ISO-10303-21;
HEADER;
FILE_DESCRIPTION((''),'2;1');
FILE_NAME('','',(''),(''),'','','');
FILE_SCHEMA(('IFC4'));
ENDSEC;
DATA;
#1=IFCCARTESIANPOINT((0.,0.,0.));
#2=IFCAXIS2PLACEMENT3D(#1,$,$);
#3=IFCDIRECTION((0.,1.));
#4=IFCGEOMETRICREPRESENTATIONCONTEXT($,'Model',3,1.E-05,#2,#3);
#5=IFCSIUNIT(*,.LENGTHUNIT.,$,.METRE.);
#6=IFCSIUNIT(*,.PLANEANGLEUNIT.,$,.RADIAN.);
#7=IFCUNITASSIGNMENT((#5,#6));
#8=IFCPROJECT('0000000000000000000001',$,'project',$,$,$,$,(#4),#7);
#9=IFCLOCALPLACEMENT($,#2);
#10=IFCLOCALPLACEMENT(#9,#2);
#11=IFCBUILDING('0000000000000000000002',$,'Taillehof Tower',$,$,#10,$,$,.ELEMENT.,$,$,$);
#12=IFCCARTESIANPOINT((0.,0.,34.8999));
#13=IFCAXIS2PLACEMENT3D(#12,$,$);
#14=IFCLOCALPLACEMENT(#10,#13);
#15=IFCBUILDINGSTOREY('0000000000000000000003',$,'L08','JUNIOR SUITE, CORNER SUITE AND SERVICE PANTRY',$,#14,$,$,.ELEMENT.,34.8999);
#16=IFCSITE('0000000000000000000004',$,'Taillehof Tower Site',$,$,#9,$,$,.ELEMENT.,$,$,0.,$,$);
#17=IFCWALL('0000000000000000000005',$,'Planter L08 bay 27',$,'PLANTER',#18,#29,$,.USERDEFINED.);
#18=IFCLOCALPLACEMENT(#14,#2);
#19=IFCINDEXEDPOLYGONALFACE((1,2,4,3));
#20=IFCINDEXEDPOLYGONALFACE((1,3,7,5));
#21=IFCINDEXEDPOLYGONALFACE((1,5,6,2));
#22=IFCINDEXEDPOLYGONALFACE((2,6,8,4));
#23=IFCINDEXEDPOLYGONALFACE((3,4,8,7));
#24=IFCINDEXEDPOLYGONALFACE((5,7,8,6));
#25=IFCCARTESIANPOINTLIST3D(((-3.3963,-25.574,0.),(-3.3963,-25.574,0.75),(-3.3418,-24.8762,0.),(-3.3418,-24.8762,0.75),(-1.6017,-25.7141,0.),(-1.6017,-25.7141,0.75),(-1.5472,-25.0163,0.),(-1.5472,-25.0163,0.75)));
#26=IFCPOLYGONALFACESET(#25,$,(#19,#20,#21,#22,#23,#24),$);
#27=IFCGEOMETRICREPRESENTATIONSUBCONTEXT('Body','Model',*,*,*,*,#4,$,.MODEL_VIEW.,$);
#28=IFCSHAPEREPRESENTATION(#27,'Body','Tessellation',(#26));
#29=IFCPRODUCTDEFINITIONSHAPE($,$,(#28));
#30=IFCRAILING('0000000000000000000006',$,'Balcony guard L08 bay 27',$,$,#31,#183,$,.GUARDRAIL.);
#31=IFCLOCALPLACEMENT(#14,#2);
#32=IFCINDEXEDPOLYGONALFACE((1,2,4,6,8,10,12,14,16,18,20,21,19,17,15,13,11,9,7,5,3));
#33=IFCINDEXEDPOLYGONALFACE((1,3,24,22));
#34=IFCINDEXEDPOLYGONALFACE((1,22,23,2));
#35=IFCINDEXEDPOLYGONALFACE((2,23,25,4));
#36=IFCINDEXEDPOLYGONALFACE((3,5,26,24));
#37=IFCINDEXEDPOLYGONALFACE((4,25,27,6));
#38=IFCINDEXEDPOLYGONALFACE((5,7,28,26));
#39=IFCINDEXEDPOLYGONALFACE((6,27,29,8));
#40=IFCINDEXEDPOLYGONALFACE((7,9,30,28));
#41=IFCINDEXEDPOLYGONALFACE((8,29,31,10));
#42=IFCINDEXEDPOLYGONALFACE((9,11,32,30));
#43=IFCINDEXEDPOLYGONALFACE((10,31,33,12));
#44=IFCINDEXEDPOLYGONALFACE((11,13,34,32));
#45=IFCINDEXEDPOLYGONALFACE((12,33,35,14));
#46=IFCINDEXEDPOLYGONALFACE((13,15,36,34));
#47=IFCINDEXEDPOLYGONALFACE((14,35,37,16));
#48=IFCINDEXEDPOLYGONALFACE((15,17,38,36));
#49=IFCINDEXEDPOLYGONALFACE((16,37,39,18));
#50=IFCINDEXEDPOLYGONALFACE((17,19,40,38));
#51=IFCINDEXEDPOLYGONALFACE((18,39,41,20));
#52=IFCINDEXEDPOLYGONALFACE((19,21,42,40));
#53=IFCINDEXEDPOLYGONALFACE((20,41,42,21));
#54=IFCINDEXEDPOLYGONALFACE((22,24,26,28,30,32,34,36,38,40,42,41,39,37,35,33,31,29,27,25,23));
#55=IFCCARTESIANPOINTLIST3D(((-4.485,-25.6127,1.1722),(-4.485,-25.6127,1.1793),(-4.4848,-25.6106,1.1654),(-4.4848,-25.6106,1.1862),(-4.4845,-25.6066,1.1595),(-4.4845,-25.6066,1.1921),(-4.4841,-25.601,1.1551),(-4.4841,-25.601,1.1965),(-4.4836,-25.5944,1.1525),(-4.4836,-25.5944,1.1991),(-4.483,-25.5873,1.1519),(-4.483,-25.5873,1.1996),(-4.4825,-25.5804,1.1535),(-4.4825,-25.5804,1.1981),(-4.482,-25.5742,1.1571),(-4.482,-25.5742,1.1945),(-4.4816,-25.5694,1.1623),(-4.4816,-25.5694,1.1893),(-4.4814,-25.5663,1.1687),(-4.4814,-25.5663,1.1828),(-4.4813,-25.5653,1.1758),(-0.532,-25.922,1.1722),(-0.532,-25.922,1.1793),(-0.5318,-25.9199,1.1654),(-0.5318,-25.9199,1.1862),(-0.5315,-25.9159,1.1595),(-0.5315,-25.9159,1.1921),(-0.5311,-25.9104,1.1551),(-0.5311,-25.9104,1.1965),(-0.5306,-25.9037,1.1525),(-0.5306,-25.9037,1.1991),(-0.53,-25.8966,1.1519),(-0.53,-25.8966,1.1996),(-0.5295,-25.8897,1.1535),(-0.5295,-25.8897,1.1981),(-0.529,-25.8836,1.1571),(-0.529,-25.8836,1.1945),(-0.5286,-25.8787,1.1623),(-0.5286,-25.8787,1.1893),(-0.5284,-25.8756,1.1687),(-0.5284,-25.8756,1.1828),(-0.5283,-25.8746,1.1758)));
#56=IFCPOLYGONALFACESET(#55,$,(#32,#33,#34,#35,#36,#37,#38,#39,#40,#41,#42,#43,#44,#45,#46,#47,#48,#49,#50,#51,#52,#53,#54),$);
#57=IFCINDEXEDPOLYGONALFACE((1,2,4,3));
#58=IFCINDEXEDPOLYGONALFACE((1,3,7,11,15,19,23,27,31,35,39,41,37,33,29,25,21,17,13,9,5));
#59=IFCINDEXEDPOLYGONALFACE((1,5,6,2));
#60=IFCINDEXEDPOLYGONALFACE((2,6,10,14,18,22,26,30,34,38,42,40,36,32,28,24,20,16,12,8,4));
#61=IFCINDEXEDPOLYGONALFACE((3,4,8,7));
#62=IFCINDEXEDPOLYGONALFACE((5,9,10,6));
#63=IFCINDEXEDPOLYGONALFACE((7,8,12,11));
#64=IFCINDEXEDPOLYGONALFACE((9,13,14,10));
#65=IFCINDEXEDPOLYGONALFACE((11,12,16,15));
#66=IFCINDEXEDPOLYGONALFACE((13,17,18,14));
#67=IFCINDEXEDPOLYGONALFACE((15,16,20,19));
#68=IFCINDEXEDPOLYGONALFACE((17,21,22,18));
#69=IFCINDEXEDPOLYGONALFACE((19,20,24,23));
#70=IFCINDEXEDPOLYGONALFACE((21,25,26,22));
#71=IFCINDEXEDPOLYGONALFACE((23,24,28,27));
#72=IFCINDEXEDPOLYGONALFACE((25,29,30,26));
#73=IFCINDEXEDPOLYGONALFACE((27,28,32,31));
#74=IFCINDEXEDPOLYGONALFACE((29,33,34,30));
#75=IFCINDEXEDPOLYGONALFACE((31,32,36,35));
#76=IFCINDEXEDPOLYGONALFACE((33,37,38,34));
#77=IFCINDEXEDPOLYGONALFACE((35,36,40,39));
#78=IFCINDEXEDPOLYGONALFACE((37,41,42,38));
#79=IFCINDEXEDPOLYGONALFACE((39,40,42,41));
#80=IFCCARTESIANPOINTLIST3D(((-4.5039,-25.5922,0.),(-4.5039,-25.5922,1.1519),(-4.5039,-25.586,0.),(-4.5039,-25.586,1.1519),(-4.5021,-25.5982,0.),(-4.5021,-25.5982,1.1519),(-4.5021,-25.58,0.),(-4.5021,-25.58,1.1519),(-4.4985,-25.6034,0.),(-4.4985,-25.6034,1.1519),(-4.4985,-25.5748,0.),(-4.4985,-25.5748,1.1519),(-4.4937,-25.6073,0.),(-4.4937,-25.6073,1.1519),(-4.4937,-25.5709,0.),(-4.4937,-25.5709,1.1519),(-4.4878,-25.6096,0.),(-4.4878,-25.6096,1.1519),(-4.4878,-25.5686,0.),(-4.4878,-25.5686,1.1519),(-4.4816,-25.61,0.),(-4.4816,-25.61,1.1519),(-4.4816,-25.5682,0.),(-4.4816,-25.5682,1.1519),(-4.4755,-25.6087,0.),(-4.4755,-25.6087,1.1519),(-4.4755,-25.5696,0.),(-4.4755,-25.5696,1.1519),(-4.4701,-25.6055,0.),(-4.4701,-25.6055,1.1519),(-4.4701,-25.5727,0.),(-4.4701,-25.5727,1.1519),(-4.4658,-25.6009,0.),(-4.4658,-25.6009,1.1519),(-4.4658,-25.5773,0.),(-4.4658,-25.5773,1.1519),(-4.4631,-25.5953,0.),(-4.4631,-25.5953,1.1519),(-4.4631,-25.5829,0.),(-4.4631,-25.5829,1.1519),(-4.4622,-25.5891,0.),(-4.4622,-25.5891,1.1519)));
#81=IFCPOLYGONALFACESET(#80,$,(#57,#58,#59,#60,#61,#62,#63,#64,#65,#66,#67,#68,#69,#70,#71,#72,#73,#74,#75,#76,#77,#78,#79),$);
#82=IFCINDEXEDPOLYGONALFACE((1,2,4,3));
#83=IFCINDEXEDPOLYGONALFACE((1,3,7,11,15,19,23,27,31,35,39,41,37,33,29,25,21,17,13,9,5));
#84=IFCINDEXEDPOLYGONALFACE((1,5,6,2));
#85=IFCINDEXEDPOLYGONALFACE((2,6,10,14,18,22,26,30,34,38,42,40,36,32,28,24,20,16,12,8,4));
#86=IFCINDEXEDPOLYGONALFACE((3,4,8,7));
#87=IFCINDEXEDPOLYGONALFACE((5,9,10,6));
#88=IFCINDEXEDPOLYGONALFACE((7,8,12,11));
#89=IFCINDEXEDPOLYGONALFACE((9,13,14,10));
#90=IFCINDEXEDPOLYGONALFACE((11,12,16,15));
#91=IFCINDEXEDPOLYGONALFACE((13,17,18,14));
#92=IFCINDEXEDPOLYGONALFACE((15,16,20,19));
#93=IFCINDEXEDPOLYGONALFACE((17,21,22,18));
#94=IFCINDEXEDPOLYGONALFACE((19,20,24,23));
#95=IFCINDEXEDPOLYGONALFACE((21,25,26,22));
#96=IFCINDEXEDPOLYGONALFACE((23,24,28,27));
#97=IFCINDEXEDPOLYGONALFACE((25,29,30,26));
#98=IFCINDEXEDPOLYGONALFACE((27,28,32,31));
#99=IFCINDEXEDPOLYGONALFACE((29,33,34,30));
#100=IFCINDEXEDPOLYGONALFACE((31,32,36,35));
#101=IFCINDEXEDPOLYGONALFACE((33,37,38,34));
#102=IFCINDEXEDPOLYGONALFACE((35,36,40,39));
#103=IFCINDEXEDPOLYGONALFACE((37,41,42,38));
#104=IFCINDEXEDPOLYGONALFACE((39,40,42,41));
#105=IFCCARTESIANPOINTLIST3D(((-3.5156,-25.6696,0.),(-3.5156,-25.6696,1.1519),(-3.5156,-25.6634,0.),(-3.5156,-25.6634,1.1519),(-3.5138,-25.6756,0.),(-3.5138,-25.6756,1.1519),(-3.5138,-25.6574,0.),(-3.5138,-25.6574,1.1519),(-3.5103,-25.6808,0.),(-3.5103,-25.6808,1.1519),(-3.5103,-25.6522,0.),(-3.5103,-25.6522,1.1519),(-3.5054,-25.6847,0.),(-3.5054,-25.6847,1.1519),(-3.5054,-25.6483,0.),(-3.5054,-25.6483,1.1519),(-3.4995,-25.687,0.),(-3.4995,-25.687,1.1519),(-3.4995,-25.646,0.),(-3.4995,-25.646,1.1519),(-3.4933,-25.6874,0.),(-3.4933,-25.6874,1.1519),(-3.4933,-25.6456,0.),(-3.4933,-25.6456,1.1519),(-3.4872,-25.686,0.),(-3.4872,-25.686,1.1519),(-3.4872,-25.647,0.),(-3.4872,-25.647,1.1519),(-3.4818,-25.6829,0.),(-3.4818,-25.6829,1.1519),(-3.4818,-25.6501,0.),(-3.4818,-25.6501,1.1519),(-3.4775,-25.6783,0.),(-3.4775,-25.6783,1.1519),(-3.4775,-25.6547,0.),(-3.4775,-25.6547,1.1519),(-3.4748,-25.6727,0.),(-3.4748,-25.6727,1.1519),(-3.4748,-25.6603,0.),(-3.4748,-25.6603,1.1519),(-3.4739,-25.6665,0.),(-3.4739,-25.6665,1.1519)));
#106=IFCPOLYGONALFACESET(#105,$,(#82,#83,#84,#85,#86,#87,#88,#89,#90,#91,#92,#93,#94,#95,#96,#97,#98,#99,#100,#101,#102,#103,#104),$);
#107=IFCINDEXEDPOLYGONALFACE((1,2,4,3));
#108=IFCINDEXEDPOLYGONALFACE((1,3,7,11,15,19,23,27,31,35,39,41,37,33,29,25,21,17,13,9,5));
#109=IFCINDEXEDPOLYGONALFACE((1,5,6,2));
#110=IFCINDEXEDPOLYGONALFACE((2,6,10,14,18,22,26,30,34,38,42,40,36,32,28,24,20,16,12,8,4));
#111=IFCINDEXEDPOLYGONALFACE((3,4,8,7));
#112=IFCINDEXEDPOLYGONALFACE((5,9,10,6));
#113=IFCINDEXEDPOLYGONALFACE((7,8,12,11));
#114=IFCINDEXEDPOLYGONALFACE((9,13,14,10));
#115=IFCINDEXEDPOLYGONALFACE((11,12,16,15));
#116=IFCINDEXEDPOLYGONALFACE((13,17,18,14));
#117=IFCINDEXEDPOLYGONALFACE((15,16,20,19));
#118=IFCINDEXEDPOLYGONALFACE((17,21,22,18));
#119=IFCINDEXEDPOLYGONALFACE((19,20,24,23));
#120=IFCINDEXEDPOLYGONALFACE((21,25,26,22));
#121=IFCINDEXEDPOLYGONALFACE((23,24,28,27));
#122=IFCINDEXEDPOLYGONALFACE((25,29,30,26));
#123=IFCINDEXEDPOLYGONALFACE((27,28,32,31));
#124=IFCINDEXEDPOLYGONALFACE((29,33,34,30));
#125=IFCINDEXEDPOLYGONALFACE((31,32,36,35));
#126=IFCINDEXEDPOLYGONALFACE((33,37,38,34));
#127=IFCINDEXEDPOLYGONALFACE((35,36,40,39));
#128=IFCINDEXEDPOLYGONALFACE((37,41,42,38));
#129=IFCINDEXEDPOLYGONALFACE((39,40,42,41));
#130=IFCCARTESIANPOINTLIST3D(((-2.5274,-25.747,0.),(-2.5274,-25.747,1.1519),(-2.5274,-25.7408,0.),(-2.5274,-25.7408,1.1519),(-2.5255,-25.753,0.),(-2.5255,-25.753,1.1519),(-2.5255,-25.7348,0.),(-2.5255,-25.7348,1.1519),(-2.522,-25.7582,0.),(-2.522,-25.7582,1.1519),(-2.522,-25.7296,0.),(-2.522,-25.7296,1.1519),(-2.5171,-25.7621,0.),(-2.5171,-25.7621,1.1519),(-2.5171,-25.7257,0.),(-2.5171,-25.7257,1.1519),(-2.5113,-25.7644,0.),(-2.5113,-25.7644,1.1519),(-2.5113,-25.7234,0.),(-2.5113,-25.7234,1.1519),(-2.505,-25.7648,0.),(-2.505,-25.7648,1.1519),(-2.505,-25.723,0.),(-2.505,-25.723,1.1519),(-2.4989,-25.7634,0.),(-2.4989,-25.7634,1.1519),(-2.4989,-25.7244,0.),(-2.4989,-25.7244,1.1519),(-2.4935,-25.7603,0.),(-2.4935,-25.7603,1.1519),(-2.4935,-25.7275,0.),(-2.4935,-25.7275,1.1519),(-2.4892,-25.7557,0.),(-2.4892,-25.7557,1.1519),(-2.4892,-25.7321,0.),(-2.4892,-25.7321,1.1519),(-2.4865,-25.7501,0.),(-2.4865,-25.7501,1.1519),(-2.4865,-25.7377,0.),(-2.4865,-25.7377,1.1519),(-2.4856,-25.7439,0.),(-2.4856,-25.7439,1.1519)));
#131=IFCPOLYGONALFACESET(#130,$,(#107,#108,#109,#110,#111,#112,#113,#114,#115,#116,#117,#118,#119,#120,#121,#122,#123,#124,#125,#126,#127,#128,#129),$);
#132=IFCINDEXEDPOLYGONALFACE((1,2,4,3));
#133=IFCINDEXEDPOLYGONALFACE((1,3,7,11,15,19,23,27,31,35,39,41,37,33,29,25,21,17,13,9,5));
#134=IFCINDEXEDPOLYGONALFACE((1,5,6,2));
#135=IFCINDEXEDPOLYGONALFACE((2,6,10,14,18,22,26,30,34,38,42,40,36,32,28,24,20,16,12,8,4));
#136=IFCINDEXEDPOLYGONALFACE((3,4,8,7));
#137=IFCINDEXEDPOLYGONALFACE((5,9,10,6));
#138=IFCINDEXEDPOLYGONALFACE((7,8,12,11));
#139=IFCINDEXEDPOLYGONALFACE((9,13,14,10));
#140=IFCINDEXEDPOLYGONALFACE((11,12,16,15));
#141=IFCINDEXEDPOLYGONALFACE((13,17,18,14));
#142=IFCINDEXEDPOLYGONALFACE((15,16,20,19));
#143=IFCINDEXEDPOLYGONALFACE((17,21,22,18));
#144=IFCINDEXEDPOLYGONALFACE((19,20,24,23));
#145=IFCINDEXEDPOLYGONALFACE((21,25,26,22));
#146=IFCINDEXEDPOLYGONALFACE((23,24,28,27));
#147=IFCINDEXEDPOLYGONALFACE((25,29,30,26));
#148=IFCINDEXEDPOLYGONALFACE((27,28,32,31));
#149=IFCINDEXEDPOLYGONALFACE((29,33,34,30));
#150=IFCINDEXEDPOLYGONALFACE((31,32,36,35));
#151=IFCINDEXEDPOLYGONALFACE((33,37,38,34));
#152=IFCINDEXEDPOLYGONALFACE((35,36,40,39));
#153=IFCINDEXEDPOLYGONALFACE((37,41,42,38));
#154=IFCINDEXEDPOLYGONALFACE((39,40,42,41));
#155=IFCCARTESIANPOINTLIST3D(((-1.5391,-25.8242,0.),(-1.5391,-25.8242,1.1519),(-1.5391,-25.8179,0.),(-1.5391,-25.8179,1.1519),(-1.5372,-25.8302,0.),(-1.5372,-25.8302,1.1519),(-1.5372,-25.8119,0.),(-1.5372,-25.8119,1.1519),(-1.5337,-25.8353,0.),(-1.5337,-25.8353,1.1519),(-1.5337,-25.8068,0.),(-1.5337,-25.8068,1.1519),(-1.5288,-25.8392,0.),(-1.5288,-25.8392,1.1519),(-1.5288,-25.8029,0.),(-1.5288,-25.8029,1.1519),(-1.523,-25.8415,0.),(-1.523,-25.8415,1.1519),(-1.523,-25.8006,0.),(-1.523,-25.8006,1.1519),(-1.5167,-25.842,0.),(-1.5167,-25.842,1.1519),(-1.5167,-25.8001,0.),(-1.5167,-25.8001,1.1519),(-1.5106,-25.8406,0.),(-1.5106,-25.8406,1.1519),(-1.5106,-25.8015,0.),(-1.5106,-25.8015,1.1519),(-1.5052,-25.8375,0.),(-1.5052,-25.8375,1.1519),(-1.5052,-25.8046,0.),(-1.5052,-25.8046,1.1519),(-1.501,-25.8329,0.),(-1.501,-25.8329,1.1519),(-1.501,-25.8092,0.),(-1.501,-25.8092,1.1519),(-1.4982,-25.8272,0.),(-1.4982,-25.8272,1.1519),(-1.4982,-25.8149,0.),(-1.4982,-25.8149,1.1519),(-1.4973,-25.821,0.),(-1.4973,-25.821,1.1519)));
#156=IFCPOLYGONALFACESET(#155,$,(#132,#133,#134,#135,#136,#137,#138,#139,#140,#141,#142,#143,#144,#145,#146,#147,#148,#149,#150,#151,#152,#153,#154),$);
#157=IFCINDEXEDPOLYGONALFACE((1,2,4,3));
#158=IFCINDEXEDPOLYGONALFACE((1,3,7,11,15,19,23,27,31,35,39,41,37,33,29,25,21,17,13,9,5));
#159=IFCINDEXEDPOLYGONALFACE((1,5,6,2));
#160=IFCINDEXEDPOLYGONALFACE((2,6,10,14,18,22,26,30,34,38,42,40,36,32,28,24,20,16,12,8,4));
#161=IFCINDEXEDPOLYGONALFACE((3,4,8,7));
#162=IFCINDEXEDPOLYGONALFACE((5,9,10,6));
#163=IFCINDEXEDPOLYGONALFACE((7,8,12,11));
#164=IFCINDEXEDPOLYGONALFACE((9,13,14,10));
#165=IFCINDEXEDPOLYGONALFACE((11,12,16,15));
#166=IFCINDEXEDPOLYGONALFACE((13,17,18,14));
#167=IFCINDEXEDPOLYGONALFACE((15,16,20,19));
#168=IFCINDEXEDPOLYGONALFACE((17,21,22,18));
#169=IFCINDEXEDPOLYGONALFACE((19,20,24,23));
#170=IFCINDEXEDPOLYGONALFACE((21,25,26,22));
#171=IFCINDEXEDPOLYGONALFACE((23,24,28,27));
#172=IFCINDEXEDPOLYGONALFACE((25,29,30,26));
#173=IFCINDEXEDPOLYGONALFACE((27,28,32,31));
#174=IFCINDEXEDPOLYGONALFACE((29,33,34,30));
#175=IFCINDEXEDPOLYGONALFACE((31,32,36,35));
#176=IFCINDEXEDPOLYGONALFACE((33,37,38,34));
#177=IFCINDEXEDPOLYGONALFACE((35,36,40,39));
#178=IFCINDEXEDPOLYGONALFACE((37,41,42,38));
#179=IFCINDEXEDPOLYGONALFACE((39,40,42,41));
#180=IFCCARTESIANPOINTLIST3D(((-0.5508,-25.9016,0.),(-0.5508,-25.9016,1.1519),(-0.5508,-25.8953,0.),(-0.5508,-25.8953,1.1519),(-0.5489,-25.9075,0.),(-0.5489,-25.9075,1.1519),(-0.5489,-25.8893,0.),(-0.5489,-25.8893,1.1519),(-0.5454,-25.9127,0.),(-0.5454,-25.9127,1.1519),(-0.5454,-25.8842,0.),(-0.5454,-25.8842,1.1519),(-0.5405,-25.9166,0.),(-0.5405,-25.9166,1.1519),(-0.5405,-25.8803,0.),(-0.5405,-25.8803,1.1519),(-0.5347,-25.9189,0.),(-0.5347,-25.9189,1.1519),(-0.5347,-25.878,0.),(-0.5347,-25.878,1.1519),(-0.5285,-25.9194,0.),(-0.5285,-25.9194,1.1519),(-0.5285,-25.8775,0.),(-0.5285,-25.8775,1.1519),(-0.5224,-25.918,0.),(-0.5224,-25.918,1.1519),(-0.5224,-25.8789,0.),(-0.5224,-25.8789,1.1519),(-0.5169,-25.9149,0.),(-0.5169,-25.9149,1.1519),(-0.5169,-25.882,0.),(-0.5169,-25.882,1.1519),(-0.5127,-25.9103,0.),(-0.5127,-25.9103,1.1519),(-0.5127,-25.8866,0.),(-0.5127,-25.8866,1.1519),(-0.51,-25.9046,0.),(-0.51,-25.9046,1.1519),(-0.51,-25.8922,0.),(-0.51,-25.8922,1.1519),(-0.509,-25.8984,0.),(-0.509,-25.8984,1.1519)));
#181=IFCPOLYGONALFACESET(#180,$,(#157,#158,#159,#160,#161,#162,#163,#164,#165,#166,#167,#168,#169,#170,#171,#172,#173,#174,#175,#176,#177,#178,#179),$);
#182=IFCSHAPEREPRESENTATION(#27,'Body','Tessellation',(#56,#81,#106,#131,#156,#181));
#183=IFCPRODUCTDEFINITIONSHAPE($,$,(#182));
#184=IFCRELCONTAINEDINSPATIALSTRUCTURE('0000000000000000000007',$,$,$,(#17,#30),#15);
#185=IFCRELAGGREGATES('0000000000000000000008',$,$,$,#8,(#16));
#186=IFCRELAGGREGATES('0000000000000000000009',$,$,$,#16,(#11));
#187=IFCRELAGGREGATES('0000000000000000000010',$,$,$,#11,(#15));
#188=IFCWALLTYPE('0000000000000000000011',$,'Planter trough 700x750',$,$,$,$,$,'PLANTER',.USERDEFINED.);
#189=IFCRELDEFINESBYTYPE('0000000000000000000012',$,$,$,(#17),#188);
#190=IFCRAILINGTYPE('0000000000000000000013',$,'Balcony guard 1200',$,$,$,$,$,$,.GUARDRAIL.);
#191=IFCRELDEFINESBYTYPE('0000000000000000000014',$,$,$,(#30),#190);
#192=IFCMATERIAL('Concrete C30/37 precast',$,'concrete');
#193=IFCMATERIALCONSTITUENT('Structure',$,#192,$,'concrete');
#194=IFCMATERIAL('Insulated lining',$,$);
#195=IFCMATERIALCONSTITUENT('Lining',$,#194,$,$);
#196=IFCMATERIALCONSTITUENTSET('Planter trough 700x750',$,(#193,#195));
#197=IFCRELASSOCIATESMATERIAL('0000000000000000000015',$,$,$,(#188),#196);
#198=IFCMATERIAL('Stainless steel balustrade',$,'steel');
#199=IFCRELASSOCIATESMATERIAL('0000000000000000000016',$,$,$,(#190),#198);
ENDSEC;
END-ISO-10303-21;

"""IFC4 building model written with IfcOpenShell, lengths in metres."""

from ifc_helpers import new_model, si_unit, direction, frame, frame_2d, origin, origin_2d, place, context, subcontext, project, spatial, rectangle, circle, extrude, material, constituent, constituent_set, type_object, element, save


model = new_model("IFC4")

# Units and contexts
model_context = context("Model", 3, precision=1e-05, world=origin(), true_north=direction((0.0, 1.0)))
body_context = subcontext(model_context, "Body", "Model", "MODEL_VIEW")
ifc_project = project(units=[si_unit("LENGTHUNIT", "METRE"), si_unit("PLANEANGLEUNIT", "RADIAN")], contexts=[model_context])

# Site, building, storey
site_placement = place(None, origin())
site = spatial("IfcSite", under=ifc_project, at=site_placement, Name="Taillehof Tower Site", CompositionType="ELEMENT", RefElevation=0.0)
building_placement = place(site_placement, origin())
building = spatial("IfcBuilding", under=site, at=building_placement, Name="Taillehof Tower", CompositionType="ELEMENT")
storey_placement = place(building_placement, frame((0.0, 0.0, 34.8999)))
storey = spatial("IfcBuildingStorey", under=building, at=storey_placement, Name="L08", Description="JUNIOR SUITE, CORNER SUITE AND SERVICE PANTRY", CompositionType="ELEMENT", Elevation=34.8999)

# Wall
ifc_material_1 = material(Name="Concrete C30/37 precast", Category="concrete")
ifc_constituent_1 = constituent(ifc_material_1, Name="Structure", Category="concrete")
ifc_material_2 = material(Name="Insulated lining")
ifc_constituent_2 = constituent(ifc_material_2, Name="Lining")
ifc_constituent_set = constituent_set(constituents=[ifc_constituent_1, ifc_constituent_2], Name="Planter trough 700x750")
wall_type_1 = type_object("IfcWallType", Name="Planter trough 700x750", ElementType="PLANTER", PredefinedType="USERDEFINED", material=ifc_constituent_set)
wall_1_placement = place(storey_placement, frame((-3.3689, -25.2251, 0.0), z_axis=(0.0, 0.0, 1.0), x_axis=(0.996965, -0.077848, 0.0)))
element("IfcWall", 1, at=wall_1_placement, inside=storey, type_object=wall_type_1, Name="Planter L08 bay 27", ObjectType="PLANTER", PredefinedType="USERDEFINED", context=body_context, shape_type="SweptSolid", body=[
    extrude(rectangle(XDim=1.8, YDim=0.7, at=frame_2d((0.8999, 0.0))), origin(), (0.0, 0.0, 1.0), 0.75),
])

# Railing
ifc_material_3 = material(Name="Stainless steel balustrade", Category="steel")
railing_type = type_object("IfcRailingType", Name="Balcony guard 1200", PredefinedType="GUARDRAIL", material=ifc_material_3)
railing_placement = place(storey_placement, frame((-4.4832, -25.5891, 0.0)))
element("IfcRailing", 2, at=railing_placement, inside=storey, type_object=railing_type, Name="Balcony guard L08 bay 27", PredefinedType="GUARDRAIL", context=body_context, shape_type="SweptSolid", body=[
    extrude(circle(Radius=0.0239, at=origin_2d()), frame((0.0, 0.0, 1.1758), z_axis=(0.996953, -0.07801, 0.0), x_axis=(0.07801, 0.996953, 0.0)), (0.0, 0.0, 1.0), 3.9651),
    extrude(circle(Radius=0.021, at=origin_2d()), origin(), (0.0, 0.0, 1.0), 1.1519),
    extrude(circle(Radius=0.021, at=origin_2d()), frame((0.9883, -0.0774, 0.0)), (0.0, 0.0, 1.0), 1.1519),
    extrude(circle(Radius=0.021, at=origin_2d()), frame((1.9766, -0.1548, 0.0)), (0.0, 0.0, 1.0), 1.1519),
    extrude(circle(Radius=0.021, at=origin_2d()), frame((2.9648, -0.2319, 0.0)), (0.0, 0.0, 1.0), 1.1519),
    extrude(circle(Radius=0.021, at=origin_2d()), frame((3.9531, -0.3093, 0.0)), (0.0, 0.0, 1.0), 1.1519),
])

save(model, "model.ifc")
